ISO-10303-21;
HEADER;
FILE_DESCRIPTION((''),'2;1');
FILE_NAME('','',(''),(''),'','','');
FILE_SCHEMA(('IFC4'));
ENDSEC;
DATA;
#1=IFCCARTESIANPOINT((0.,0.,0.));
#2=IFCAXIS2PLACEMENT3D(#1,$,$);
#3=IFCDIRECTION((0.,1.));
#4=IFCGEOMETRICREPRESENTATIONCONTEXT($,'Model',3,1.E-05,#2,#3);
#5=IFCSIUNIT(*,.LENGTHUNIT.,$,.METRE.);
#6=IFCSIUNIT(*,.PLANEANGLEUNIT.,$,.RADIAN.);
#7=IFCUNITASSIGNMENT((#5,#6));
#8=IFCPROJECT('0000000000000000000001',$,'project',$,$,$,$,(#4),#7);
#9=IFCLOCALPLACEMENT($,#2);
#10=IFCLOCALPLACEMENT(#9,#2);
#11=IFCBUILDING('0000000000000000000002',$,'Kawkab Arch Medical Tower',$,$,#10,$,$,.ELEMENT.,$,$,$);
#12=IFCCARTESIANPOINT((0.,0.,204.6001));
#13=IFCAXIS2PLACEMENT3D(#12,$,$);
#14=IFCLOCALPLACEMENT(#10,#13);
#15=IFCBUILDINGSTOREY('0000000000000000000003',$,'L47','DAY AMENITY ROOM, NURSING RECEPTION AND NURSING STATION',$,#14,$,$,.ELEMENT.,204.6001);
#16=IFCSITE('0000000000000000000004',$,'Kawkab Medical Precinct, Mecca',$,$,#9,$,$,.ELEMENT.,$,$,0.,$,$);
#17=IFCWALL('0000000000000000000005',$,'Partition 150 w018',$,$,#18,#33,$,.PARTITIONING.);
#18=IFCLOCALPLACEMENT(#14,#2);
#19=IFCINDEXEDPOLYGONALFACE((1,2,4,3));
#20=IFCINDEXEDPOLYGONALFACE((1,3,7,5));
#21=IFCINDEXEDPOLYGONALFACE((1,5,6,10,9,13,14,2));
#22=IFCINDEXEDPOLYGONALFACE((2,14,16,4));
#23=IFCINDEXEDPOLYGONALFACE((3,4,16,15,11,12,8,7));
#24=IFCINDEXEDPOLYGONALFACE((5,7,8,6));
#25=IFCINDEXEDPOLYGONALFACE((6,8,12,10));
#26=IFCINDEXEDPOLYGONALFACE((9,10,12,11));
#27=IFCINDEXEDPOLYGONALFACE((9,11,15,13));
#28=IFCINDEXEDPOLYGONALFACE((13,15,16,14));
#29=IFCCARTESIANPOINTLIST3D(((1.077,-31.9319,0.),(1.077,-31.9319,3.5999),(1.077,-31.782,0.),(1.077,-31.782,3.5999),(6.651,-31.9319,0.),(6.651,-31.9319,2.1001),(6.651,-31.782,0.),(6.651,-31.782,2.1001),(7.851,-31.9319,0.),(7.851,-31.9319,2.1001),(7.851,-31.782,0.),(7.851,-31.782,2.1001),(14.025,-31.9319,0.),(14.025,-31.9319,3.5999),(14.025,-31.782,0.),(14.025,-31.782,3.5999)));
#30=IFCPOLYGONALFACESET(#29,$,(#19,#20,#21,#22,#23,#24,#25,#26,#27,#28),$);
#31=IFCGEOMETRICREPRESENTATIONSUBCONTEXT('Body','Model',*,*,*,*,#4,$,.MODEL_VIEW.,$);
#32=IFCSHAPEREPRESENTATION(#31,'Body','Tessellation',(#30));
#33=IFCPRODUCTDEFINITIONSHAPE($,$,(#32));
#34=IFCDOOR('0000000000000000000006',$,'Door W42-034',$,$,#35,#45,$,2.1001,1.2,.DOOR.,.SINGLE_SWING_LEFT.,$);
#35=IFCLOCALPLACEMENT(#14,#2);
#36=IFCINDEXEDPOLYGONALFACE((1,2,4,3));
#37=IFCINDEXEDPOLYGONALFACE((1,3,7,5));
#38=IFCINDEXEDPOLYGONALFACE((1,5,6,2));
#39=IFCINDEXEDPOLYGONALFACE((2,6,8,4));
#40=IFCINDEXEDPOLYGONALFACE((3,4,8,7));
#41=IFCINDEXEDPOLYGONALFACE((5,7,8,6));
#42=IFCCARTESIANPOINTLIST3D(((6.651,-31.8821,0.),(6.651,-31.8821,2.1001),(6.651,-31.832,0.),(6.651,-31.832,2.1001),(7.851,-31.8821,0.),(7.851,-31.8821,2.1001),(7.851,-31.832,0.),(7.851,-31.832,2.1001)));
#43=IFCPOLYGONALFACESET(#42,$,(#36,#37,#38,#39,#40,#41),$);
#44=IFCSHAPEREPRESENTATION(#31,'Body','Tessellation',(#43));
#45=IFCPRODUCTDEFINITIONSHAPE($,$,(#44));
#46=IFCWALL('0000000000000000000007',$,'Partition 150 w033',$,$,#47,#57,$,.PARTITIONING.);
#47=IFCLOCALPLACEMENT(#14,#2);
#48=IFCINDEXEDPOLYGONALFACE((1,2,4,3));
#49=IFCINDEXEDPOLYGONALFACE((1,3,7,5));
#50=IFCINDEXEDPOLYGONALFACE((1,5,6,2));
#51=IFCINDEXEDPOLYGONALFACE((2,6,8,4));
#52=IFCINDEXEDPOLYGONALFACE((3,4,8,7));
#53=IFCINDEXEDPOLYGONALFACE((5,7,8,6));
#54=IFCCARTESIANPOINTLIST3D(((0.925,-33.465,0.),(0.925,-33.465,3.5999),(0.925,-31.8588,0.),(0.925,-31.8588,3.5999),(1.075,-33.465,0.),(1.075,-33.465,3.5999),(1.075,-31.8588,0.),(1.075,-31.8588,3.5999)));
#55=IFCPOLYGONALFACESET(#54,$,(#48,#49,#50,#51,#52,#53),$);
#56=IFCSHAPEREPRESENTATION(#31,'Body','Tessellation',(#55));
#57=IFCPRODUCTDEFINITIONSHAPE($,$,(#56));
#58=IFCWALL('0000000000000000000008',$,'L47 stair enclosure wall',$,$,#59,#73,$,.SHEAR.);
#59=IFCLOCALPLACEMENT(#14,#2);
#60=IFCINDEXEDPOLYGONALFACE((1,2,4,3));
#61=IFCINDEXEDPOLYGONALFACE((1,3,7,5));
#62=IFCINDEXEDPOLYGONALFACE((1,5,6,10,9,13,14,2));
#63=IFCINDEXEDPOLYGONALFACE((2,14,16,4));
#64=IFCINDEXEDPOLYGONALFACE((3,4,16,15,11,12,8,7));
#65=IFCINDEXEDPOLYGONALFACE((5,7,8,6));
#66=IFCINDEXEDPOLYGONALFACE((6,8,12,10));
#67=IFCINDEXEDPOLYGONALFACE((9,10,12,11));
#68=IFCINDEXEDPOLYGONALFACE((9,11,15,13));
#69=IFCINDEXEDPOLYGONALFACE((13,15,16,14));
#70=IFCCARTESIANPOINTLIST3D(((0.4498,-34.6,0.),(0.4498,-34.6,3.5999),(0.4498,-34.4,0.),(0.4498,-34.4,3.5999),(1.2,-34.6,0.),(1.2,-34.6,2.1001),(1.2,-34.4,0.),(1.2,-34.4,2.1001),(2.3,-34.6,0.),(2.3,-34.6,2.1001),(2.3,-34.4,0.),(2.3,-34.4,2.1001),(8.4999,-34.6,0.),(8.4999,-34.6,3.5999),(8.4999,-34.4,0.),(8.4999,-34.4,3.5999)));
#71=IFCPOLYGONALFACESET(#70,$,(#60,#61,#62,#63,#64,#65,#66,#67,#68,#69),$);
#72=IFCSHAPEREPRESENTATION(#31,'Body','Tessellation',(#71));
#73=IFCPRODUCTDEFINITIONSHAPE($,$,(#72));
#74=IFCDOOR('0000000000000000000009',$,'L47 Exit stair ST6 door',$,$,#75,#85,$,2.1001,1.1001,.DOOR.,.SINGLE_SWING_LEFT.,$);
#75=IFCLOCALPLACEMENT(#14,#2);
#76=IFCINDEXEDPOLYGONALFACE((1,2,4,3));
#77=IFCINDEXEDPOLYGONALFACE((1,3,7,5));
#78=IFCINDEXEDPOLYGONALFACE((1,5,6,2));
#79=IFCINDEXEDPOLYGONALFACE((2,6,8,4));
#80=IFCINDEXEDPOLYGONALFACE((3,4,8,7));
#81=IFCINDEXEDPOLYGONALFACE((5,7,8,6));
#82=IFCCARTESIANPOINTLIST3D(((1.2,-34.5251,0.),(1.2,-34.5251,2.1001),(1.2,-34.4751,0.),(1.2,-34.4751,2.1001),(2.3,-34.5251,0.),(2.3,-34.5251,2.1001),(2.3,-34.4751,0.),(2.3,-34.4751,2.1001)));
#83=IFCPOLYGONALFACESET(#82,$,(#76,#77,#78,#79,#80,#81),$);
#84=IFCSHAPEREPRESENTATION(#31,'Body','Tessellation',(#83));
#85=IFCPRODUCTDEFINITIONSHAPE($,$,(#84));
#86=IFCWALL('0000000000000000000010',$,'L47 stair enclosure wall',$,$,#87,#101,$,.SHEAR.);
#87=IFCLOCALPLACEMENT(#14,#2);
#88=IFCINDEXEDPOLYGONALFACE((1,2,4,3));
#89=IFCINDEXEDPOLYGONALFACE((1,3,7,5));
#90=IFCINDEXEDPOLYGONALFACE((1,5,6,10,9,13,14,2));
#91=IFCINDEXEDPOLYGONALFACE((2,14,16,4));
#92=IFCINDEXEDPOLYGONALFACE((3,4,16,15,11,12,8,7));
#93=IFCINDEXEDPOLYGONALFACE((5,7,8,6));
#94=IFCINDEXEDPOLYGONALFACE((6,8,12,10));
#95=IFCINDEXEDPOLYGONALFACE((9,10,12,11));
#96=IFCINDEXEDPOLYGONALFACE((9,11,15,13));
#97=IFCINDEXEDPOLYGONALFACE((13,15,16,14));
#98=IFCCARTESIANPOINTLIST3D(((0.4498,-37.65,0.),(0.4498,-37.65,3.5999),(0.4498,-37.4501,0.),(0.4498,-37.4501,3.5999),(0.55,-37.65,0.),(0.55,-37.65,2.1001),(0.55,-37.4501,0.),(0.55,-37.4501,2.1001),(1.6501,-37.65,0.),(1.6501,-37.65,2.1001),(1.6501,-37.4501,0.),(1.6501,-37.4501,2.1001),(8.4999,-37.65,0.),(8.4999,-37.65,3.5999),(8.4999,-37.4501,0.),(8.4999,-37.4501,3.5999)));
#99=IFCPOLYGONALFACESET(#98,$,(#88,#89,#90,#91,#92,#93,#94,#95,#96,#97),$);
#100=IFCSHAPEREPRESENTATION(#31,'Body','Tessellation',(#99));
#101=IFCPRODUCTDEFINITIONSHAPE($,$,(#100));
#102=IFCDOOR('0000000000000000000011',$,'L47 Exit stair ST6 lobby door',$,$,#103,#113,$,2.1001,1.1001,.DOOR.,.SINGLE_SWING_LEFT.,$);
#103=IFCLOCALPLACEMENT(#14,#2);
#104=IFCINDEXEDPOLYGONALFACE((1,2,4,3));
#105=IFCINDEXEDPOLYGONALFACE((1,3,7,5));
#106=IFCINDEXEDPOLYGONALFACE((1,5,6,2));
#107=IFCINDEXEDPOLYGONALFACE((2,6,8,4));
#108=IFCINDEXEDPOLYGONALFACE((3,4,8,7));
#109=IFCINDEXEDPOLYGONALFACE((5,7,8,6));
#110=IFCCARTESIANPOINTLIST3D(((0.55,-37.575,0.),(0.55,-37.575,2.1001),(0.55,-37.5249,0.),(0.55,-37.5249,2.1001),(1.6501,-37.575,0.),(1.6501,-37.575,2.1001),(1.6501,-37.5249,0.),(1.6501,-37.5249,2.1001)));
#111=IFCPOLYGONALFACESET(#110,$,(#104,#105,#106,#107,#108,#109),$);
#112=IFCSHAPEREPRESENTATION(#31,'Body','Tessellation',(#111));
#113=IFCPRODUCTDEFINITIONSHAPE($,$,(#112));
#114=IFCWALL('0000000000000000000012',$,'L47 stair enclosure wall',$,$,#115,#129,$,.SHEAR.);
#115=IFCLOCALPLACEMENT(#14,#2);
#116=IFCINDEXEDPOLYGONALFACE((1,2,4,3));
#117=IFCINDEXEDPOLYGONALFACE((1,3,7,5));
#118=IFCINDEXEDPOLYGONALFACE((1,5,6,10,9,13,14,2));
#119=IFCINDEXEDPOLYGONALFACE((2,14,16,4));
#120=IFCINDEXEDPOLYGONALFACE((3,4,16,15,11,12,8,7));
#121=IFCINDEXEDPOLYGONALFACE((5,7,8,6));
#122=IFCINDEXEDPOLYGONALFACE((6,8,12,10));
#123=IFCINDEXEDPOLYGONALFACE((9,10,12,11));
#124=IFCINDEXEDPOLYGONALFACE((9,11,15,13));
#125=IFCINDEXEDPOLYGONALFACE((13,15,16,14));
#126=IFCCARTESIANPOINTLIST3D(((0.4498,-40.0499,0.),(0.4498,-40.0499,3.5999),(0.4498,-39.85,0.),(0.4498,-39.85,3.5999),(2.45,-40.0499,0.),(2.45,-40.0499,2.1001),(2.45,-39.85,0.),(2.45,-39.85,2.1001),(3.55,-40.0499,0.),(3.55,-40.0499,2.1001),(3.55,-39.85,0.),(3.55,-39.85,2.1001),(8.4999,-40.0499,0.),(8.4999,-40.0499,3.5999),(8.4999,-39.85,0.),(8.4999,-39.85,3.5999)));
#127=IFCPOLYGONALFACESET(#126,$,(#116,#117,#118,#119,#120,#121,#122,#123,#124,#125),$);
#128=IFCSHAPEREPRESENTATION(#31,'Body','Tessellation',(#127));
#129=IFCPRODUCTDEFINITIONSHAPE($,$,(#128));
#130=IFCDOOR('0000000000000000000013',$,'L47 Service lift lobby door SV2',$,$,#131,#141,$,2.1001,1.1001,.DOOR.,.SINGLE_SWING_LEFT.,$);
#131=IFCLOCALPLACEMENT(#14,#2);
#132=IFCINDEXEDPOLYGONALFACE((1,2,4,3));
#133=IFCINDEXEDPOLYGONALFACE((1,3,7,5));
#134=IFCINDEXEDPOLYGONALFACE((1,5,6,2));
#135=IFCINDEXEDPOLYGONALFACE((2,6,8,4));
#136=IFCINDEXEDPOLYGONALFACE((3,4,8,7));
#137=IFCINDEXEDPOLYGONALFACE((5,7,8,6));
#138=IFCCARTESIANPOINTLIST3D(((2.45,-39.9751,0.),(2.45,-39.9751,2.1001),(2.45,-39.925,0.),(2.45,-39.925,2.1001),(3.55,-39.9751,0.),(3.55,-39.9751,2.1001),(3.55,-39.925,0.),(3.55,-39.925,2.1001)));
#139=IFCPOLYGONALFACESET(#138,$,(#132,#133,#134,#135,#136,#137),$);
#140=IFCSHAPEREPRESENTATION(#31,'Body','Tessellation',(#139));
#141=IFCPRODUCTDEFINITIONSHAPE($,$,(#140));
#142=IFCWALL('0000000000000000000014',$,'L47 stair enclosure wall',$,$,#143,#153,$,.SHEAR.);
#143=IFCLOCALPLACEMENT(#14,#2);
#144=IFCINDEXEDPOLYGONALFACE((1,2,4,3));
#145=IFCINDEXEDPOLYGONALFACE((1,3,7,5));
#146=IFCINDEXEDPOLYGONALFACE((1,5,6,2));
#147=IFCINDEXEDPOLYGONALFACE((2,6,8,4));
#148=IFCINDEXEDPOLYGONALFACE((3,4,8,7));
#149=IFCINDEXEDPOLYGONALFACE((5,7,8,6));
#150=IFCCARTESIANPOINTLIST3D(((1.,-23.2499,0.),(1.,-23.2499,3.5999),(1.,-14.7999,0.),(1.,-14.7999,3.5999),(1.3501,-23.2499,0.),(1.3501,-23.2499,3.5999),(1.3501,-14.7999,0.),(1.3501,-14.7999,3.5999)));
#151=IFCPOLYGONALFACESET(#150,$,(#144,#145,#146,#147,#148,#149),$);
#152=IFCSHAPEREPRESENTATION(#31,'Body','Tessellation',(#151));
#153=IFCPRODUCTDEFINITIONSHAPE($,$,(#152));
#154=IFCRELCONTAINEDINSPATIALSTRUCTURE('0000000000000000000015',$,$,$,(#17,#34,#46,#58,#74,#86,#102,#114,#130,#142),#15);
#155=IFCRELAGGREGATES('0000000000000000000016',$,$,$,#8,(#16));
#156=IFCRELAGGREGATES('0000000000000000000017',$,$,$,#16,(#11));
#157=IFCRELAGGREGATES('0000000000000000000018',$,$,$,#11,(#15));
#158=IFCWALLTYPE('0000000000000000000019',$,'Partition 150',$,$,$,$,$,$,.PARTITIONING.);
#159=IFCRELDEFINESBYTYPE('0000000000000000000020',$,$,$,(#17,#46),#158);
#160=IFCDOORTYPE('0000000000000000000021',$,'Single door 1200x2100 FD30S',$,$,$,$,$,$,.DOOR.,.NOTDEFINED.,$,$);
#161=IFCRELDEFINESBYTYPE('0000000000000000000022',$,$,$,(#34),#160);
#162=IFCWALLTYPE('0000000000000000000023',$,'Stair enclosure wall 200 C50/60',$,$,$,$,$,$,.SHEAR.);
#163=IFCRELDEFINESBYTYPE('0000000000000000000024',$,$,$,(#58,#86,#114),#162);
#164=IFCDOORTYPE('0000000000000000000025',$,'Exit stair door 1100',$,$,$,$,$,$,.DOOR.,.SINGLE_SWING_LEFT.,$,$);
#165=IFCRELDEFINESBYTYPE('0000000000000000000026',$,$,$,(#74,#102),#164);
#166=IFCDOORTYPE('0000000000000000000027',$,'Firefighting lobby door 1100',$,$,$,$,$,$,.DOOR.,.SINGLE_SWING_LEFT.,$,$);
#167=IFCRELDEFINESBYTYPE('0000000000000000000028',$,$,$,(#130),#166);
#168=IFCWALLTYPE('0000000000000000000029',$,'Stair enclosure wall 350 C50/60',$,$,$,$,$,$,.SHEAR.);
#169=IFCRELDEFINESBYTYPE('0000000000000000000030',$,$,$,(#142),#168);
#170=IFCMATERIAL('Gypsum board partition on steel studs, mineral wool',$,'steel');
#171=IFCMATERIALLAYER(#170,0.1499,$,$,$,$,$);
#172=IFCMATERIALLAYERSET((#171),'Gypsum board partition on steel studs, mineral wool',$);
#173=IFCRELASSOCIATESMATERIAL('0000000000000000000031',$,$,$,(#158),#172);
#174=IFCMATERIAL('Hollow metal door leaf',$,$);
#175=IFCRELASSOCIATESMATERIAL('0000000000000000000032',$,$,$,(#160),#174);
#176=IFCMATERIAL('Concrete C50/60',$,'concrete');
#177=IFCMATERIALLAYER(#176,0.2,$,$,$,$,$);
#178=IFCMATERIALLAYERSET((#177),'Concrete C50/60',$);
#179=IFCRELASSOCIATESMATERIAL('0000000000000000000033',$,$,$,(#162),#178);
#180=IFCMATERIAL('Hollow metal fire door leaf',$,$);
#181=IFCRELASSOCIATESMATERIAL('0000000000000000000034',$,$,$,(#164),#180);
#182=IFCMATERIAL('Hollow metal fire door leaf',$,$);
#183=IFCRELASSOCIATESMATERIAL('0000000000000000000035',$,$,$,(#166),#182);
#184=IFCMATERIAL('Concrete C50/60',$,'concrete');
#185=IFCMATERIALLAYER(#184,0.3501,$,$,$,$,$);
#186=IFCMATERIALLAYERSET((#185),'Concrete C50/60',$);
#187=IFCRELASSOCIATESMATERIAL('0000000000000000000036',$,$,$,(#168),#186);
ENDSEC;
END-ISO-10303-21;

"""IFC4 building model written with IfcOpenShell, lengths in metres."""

from ifc_helpers import new_model, si_unit, direction, frame, frame_2d, origin, place, context, subcontext, project, spatial, rectangle, extrude, material, layer, layer_set, type_object, element, fill, save


model = new_model("IFC4")

# Units and contexts
model_context = context("Model", 3, precision=1e-05, world=origin(), true_north=direction((0.0, 1.0)))
body_context = subcontext(model_context, "Body", "Model", "MODEL_VIEW")
ifc_project = project(units=[si_unit("LENGTHUNIT", "METRE"), si_unit("PLANEANGLEUNIT", "RADIAN")], contexts=[model_context])

# Site, building, storey
site_placement = place(None, origin())
site = spatial("IfcSite", under=ifc_project, at=site_placement, Name="Kawkab Medical Precinct, Mecca", CompositionType="ELEMENT", RefElevation=0.0)
building_placement = place(site_placement, origin())
building = spatial("IfcBuilding", under=site, at=building_placement, Name="Kawkab Arch Medical Tower", CompositionType="ELEMENT")
storey_placement = place(building_placement, frame((0.0, 0.0, 204.6001)))
storey = spatial("IfcBuildingStorey", under=building, at=storey_placement, Name="L47", Description="DAY AMENITY ROOM, NURSING RECEPTION AND NURSING STATION", CompositionType="ELEMENT", Elevation=204.6001)

# Shared definitions
ifc_material_1 = material(Name="Gypsum board partition on steel studs, mineral wool", Category="steel")
ifc_layer_1 = layer(ifc_material_1, 0.1499)
ifc_layer_set_1 = layer_set([ifc_layer_1], Name="Gypsum board partition on steel studs, mineral wool")
wall_type_1 = type_object("IfcWallType", Name="Partition 150", PredefinedType="PARTITIONING", material=ifc_layer_set_1)

# Wall, opening, door
wall_1_placement = place(storey_placement, frame((1.0769, -31.8569, 0.0), z_axis=(0.0, 0.0, 1.0), x_axis=(1.0, 0.0, 0.0)))
wall_1 = element("IfcWall", 1, at=wall_1_placement, inside=storey, type_object=wall_type_1, Name="Partition 150 w018", PredefinedType="PARTITIONING", context=body_context, shape_type="SweptSolid", body=[
    extrude(rectangle(XDim=12.948, YDim=0.1499, at=frame_2d((6.4741, 0.0))), origin(), (0.0, 0.0, 1.0), 3.5999),
])
opening_1_placement = place(wall_1_placement, frame((5.574, 0.0, 0.0)))
opening_1 = element("IfcOpeningElement", 2, at=opening_1_placement, cuts=wall_1, PredefinedType="OPENING", context=body_context, shape_type="SweptSolid", body=[
    extrude(rectangle(XDim=1.2, YDim=2.1001, at=frame_2d((0.6001, 1.05))), frame((0.0, 0.085, 0.0), z_axis=(0.0, -1.0, 0.0), x_axis=(1.0, 0.0, 0.0)), (0.0, 0.0, 1.0), 0.1699),
])
ifc_material_2 = material(Name="Hollow metal door leaf")
door_type_1 = type_object("IfcDoorType", Name="Single door 1200x2100 FD30S", OperationType="NOTDEFINED", PredefinedType="DOOR", material=ifc_material_2)
door_1_placement = place(opening_1_placement, origin())
door_1 = element("IfcDoor", 3, at=door_1_placement, inside=storey, type_object=door_type_1, Name="Door W42-034", OperationType="SINGLE_SWING_LEFT", OverallHeight=2.1001, OverallWidth=1.2, PredefinedType="DOOR", context=body_context, shape_type="SweptSolid", body=[
    extrude(rectangle(XDim=1.2, YDim=2.1001, at=frame_2d((0.6001, 1.05))), frame((0.0, 0.0249, 0.0), z_axis=(0.0, -1.0, 0.0), x_axis=(1.0, 0.0, 0.0)), (0.0, 0.0, 1.0), 0.05),
])
fill(opening_1, door_1)

# Wall
wall_2_placement = place(storey_placement, frame((1.0, -33.4651, 0.0), z_axis=(0.0, 0.0, 1.0), x_axis=(0.0, 1.0, 0.0)))
element("IfcWall", 4, at=wall_2_placement, inside=storey, type_object=wall_type_1, Name="Partition 150 w033", PredefinedType="PARTITIONING", context=body_context, shape_type="SweptSolid", body=[
    extrude(rectangle(XDim=1.6062, YDim=0.1499, at=frame_2d((0.8032, 0.0))), origin(), (0.0, 0.0, 1.0), 3.5999),
])

# Walls, openings, doors
ifc_material_3 = material(Name="Concrete C50/60", Category="concrete")
ifc_layer_2 = layer(ifc_material_3, 0.2)
ifc_layer_set_2 = layer_set([ifc_layer_2], Name="Concrete C50/60")
wall_type_2 = type_object("IfcWallType", Name="Stair enclosure wall 200 C50/60", PredefinedType="SHEAR", material=ifc_layer_set_2)
wall_3_placement = place(storey_placement, frame((0.45, -34.5, 0.0), z_axis=(0.0, 0.0, 1.0), x_axis=(1.0, 0.0, 0.0)))
wall_3 = element("IfcWall", 5, at=wall_3_placement, inside=storey, type_object=wall_type_2, Name="L47 stair enclosure wall", PredefinedType="SHEAR", context=body_context, shape_type="SweptSolid", body=[
    extrude(rectangle(XDim=8.05, YDim=0.2, at=frame_2d((4.0249, 0.0))), origin(), (0.0, 0.0, 1.0), 3.5999),
])
opening_2_placement = place(wall_3_placement, frame((0.75, 0.0, 0.0)))
opening_2 = element("IfcOpeningElement", 6, at=opening_2_placement, cuts=wall_3, PredefinedType="OPENING", context=body_context, shape_type="SweptSolid", body=[
    extrude(rectangle(XDim=1.1001, YDim=2.1001, at=frame_2d((0.55, 1.05))), frame((0.0, 0.1099, 0.0), z_axis=(0.0, -1.0, 0.0), x_axis=(1.0, 0.0, 0.0)), (0.0, 0.0, 1.0), 0.22),
])
ifc_material_4 = material(Name="Hollow metal fire door leaf")
door_type_2 = type_object("IfcDoorType", Name="Exit stair door 1100", OperationType="SINGLE_SWING_LEFT", PredefinedType="DOOR", material=ifc_material_4)
door_2_placement = place(opening_2_placement, origin())
door_2 = element("IfcDoor", 7, at=door_2_placement, inside=storey, type_object=door_type_2, Name="L47 Exit stair ST6 door", OperationType="SINGLE_SWING_LEFT", OverallHeight=2.1001, OverallWidth=1.1001, PredefinedType="DOOR", context=body_context, shape_type="SweptSolid", body=[
    extrude(rectangle(XDim=1.1001, YDim=2.1001, at=frame_2d((0.55, 1.05))), frame((0.0, 0.0249, 0.0), z_axis=(0.0, -1.0, 0.0), x_axis=(1.0, 0.0, 0.0)), (0.0, 0.0, 1.0), 0.05),
])
fill(opening_2, door_2)
wall_4_placement = place(storey_placement, frame((0.45, -37.55, 0.0), z_axis=(0.0, 0.0, 1.0), x_axis=(1.0, 0.0, 0.0)))
wall_4 = element("IfcWall", 8, at=wall_4_placement, inside=storey, type_object=wall_type_2, Name="L47 stair enclosure wall", PredefinedType="SHEAR", context=body_context, shape_type="SweptSolid", body=[
    extrude(rectangle(XDim=8.05, YDim=0.2, at=frame_2d((4.0249, 0.0))), origin(), (0.0, 0.0, 1.0), 3.5999),
])
opening_3_placement = place(wall_4_placement, frame((0.1001, 0.0, 0.0)))
opening_3 = element("IfcOpeningElement", 9, at=opening_3_placement, cuts=wall_4, PredefinedType="OPENING", context=body_context, shape_type="SweptSolid", body=[
    extrude(rectangle(XDim=1.1001, YDim=2.1001, at=frame_2d((0.55, 1.05))), frame((0.0, 0.1099, 0.0), z_axis=(0.0, -1.0, 0.0), x_axis=(1.0, 0.0, 0.0)), (0.0, 0.0, 1.0), 0.22),
])
door_3_placement = place(opening_3_placement, frame((1.1001, 0.0, 0.0), z_axis=(0.0, 0.0, 1.0), x_axis=(-1.0, 0.0, 0.0)))
door_3 = element("IfcDoor", 10, at=door_3_placement, inside=storey, type_object=door_type_2, Name="L47 Exit stair ST6 lobby door", OperationType="SINGLE_SWING_LEFT", OverallHeight=2.1001, OverallWidth=1.1001, PredefinedType="DOOR", context=body_context, shape_type="SweptSolid", body=[
    extrude(rectangle(XDim=1.1001, YDim=2.1001, at=frame_2d((0.55, 1.05))), frame((0.0, 0.0249, 0.0), z_axis=(0.0, -1.0, 0.0), x_axis=(1.0, 0.0, 0.0)), (0.0, 0.0, 1.0), 0.05),
])
fill(opening_3, door_3)
wall_5_placement = place(storey_placement, frame((0.45, -39.95, 0.0), z_axis=(0.0, 0.0, 1.0), x_axis=(1.0, 0.0, 0.0)))
wall_5 = element("IfcWall", 11, at=wall_5_placement, inside=storey, type_object=wall_type_2, Name="L47 stair enclosure wall", PredefinedType="SHEAR", context=body_context, shape_type="SweptSolid", body=[
    extrude(rectangle(XDim=8.05, YDim=0.2, at=frame_2d((4.0249, 0.0))), origin(), (0.0, 0.0, 1.0), 3.5999),
])
opening_4_placement = place(wall_5_placement, frame((2.0, 0.0, 0.0)))
opening_4 = element("IfcOpeningElement", 12, at=opening_4_placement, cuts=wall_5, PredefinedType="OPENING", context=body_context, shape_type="SweptSolid", body=[
    extrude(rectangle(XDim=1.1001, YDim=2.1001, at=frame_2d((0.55, 1.05))), frame((0.0, 0.1099, 0.0), z_axis=(0.0, -1.0, 0.0), x_axis=(1.0, 0.0, 0.0)), (0.0, 0.0, 1.0), 0.22),
])
ifc_material_5 = material(Name="Hollow metal fire door leaf")
door_type_3 = type_object("IfcDoorType", Name="Firefighting lobby door 1100", OperationType="SINGLE_SWING_LEFT", PredefinedType="DOOR", material=ifc_material_5)
door_4_placement = place(opening_4_placement, origin())
door_4 = element("IfcDoor", 13, at=door_4_placement, inside=storey, type_object=door_type_3, Name="L47 Service lift lobby door SV2", OperationType="SINGLE_SWING_LEFT", OverallHeight=2.1001, OverallWidth=1.1001, PredefinedType="DOOR", context=body_context, shape_type="SweptSolid", body=[
    extrude(rectangle(XDim=1.1001, YDim=2.1001, at=frame_2d((0.55, 1.05))), frame((0.0, 0.0249, 0.0), z_axis=(0.0, -1.0, 0.0), x_axis=(1.0, 0.0, 0.0)), (0.0, 0.0, 1.0), 0.05),
])
fill(opening_4, door_4)

# Wall
ifc_material_6 = material(Name="Concrete C50/60", Category="concrete")
ifc_layer_3 = layer(ifc_material_6, 0.3501)
ifc_layer_set_3 = layer_set([ifc_layer_3], Name="Concrete C50/60")
wall_type_3 = type_object("IfcWallType", Name="Stair enclosure wall 350 C50/60", PredefinedType="SHEAR", material=ifc_layer_set_3)
wall_6_placement = place(storey_placement, frame((1.175, -23.25, 0.0), z_axis=(0.0, 0.0, 1.0), x_axis=(0.0, 1.0, 0.0)))
element("IfcWall", 14, at=wall_6_placement, inside=storey, type_object=wall_type_3, Name="L47 stair enclosure wall", PredefinedType="SHEAR", context=body_context, shape_type="SweptSolid", body=[
    extrude(rectangle(XDim=8.45, YDim=0.3501, at=frame_2d((4.2251, 0.0))), origin(), (0.0, 0.0, 1.0), 3.5999),
])

save(model, "model.ifc")
